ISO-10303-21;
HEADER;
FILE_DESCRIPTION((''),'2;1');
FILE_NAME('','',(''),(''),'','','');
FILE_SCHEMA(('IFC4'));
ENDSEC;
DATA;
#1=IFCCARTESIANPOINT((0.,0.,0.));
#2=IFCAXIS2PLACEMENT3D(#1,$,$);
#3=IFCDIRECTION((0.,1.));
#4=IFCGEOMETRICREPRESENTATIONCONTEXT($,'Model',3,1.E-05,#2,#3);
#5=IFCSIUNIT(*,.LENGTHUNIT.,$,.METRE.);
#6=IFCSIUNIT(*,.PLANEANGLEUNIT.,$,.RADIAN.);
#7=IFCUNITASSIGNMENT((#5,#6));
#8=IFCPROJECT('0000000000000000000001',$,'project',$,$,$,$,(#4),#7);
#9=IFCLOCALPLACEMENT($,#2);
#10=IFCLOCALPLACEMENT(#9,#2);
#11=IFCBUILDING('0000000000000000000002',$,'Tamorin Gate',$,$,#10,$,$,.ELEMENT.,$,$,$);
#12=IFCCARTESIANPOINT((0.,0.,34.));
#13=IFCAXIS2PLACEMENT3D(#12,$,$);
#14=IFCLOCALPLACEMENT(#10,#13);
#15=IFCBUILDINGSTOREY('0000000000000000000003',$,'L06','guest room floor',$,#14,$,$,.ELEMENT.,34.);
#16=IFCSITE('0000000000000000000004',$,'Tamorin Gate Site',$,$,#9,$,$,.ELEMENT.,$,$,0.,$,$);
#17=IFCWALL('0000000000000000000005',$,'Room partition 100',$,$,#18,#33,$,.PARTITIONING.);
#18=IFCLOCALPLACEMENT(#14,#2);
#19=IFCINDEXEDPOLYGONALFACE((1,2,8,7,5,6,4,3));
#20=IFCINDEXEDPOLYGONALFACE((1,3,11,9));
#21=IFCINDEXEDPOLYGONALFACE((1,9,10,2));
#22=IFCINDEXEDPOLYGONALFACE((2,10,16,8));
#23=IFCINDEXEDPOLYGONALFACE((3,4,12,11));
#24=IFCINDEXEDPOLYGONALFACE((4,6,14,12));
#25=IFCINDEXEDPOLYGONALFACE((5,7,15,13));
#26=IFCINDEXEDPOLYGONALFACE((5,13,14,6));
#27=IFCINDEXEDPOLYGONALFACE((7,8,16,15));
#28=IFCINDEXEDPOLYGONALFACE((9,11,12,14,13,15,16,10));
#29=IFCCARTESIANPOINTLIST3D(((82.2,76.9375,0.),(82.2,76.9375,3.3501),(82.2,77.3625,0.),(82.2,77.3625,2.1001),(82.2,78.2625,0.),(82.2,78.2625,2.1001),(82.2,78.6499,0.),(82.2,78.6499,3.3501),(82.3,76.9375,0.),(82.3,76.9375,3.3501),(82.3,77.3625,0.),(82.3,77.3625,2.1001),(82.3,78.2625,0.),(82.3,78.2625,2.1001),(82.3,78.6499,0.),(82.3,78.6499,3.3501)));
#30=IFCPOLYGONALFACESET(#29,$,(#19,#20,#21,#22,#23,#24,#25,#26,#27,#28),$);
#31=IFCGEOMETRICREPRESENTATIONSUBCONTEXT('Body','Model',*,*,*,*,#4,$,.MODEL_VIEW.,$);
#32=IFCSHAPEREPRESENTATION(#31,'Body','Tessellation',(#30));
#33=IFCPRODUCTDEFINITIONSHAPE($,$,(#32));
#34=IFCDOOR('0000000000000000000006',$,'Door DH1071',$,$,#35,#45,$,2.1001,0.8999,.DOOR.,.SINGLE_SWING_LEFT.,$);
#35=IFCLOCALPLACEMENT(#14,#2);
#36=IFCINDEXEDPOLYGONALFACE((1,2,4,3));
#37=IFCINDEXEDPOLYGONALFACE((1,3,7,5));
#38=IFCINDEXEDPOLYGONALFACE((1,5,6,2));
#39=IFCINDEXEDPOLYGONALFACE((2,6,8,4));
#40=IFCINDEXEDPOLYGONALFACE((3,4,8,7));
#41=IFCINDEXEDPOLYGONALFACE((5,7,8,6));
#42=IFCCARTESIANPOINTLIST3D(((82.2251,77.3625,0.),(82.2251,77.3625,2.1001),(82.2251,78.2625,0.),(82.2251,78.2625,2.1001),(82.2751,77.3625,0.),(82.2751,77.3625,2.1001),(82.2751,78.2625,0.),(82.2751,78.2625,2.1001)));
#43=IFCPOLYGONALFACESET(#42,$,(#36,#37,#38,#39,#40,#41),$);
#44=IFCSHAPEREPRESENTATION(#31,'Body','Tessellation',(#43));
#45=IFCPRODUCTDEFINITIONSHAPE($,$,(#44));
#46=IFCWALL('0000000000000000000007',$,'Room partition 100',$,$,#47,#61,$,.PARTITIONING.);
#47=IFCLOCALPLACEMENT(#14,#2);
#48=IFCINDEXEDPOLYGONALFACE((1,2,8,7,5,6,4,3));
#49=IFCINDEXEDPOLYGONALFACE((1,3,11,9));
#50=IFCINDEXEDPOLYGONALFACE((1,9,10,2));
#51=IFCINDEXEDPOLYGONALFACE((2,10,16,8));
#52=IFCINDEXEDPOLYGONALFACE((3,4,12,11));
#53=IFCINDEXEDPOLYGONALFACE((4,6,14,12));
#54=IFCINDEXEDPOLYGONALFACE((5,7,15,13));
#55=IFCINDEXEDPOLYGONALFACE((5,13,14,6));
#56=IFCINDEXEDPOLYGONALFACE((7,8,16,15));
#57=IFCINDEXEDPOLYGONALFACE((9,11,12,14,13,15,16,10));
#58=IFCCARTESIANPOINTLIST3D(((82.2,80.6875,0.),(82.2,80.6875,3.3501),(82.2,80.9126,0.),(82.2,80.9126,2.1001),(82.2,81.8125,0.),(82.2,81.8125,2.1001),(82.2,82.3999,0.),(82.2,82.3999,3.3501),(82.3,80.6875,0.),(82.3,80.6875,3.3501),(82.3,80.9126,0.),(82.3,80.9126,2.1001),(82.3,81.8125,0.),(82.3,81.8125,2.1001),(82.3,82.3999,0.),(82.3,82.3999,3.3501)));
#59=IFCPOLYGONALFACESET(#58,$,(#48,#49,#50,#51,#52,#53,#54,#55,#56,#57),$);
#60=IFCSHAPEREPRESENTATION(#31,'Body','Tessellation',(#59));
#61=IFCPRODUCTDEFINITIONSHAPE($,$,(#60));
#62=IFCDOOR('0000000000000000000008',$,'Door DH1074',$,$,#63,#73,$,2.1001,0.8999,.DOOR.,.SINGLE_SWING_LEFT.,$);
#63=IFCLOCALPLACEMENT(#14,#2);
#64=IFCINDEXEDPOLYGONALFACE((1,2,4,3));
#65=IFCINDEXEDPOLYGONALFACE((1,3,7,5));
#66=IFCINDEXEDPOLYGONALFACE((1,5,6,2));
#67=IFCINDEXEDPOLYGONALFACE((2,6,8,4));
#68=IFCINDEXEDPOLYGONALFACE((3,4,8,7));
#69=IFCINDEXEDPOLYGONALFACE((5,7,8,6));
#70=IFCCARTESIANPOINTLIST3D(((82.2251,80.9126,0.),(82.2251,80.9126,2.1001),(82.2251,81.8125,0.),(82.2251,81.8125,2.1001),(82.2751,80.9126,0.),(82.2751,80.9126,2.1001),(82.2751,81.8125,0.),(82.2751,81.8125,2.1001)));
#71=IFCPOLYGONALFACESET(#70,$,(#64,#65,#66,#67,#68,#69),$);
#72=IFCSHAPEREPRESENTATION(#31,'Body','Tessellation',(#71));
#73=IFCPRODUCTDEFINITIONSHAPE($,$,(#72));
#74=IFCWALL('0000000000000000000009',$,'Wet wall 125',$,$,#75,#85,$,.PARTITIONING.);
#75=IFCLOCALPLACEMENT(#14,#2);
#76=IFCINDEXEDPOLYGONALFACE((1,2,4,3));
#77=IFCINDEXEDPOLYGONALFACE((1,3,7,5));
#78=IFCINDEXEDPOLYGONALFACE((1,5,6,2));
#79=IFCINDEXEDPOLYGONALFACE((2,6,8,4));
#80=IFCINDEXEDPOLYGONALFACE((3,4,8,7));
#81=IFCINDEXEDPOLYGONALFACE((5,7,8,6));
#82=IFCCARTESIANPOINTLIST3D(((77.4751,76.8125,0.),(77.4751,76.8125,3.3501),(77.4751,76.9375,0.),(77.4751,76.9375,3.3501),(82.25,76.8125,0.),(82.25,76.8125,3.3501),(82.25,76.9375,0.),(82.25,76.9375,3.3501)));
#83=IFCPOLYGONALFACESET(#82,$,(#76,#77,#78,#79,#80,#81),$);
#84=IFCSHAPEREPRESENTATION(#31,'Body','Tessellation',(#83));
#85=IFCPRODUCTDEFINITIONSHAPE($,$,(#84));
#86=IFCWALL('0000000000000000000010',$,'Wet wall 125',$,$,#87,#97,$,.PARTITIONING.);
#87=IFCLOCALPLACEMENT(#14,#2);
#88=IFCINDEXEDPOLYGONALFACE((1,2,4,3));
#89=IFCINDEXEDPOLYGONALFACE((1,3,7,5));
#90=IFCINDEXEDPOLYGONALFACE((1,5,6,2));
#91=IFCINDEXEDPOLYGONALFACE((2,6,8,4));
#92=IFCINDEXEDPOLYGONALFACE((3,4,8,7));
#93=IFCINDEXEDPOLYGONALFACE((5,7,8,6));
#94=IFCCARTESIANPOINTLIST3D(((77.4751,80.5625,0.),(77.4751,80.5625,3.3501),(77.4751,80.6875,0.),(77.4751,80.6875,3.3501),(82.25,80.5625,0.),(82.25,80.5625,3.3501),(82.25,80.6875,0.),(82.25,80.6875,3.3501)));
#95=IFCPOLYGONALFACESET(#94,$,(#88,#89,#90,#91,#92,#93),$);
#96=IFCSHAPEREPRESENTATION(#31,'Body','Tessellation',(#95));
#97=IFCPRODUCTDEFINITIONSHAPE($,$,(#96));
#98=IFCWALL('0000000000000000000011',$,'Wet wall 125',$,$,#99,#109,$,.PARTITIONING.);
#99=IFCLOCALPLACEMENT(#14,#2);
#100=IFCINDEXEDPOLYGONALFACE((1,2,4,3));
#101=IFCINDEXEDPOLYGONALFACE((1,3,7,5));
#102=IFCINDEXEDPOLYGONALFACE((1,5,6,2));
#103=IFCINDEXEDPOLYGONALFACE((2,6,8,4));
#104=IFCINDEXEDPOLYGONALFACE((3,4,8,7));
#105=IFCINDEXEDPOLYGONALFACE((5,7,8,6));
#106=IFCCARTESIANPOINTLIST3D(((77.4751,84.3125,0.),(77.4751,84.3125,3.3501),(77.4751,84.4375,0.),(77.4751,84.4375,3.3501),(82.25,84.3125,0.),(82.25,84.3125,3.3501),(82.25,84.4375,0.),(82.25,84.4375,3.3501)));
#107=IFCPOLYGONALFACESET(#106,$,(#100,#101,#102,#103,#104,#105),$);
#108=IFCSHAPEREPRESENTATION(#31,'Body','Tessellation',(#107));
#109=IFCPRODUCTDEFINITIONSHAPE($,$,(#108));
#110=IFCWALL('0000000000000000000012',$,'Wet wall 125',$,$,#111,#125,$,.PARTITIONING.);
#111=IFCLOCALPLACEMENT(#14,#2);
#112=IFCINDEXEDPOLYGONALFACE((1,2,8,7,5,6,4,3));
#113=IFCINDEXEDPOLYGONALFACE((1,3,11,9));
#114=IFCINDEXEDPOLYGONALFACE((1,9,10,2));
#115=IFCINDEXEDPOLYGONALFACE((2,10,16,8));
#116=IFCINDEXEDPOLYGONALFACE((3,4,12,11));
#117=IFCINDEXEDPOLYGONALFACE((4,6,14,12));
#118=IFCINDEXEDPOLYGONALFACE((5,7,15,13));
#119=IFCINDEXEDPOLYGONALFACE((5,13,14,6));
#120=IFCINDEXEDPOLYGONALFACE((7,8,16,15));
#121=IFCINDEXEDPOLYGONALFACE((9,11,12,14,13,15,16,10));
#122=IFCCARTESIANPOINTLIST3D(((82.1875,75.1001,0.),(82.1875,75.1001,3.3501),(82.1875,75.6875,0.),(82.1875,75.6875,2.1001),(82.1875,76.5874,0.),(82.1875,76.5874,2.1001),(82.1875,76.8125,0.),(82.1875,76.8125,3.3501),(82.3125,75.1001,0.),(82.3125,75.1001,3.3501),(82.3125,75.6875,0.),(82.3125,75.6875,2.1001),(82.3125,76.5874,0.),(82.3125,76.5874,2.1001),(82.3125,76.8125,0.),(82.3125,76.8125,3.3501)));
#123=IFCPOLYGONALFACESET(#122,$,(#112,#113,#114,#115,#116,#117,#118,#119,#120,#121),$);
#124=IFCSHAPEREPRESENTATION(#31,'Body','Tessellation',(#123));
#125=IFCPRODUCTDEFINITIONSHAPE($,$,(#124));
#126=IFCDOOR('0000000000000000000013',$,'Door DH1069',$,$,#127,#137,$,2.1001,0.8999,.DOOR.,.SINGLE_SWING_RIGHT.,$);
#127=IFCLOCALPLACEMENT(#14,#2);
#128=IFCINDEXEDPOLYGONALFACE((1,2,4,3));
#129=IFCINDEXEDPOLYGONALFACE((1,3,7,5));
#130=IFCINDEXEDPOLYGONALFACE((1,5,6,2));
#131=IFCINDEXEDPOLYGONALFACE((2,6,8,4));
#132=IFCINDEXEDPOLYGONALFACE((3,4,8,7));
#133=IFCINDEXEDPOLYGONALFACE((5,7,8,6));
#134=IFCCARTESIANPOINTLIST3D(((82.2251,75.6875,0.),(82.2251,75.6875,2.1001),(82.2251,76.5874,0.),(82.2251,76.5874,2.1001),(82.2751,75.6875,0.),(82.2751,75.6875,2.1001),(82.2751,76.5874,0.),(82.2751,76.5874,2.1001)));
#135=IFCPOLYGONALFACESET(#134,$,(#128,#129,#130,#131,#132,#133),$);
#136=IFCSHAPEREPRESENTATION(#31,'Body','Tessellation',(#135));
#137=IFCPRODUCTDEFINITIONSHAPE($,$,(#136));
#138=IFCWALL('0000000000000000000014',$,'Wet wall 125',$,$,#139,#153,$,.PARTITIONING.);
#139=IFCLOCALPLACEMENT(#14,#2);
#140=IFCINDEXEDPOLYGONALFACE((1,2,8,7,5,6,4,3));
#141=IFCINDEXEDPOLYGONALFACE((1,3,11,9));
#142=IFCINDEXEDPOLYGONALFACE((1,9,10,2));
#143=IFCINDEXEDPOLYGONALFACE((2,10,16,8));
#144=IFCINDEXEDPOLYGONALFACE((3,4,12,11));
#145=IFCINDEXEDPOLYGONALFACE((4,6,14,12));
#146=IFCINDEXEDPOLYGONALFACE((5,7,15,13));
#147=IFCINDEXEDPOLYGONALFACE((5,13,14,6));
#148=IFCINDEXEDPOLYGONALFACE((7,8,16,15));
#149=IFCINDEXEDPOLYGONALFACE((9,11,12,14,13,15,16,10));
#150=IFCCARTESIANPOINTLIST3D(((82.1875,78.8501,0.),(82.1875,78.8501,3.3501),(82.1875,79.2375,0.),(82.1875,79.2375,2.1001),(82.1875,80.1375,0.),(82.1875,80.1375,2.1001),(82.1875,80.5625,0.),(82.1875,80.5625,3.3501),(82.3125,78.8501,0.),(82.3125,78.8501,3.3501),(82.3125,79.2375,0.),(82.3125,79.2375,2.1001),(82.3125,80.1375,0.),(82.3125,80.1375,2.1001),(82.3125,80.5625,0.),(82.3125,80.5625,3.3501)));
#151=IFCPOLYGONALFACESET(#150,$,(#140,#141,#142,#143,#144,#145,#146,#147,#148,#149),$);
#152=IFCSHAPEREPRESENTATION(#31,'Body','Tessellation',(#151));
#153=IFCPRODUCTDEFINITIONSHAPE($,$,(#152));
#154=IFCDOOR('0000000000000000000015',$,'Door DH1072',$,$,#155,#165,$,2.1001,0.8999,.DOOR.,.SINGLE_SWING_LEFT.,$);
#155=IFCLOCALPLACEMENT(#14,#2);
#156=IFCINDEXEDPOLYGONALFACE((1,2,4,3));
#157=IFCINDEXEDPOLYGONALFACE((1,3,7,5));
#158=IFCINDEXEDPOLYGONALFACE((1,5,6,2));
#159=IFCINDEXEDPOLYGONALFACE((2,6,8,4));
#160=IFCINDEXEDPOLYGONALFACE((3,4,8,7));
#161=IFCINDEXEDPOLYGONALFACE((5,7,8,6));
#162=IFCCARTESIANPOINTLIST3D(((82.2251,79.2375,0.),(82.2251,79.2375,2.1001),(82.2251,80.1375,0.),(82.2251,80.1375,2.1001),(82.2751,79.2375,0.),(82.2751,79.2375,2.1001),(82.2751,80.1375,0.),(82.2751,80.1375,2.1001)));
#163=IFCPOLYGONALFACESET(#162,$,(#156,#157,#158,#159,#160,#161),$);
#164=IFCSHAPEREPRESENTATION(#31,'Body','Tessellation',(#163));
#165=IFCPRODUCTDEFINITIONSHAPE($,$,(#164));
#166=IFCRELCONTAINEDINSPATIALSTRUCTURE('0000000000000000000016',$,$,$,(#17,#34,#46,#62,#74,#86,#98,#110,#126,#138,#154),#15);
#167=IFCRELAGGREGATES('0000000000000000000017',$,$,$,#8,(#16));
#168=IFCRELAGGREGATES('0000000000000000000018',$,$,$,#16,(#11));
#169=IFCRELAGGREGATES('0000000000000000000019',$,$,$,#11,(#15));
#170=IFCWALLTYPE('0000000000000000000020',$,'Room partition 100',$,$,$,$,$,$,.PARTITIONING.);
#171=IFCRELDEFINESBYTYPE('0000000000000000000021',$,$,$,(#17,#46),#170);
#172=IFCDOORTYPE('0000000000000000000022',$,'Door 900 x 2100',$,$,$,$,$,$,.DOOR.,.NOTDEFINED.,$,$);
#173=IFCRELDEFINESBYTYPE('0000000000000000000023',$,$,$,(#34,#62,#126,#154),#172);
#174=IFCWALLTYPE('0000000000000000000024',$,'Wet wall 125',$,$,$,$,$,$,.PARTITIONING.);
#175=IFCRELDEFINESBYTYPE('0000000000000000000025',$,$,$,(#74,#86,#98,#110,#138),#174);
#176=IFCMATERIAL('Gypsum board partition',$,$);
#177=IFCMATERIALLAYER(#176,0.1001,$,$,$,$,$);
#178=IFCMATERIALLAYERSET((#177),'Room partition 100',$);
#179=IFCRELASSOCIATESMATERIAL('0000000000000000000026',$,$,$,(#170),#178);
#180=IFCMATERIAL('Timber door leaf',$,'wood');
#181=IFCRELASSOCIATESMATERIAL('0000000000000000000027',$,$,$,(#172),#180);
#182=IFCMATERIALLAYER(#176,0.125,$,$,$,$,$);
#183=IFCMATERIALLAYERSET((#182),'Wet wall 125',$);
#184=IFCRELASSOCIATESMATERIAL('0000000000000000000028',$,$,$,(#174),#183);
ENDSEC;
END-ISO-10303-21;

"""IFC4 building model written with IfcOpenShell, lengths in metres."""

from ifc_helpers import new_model, si_unit, direction, frame, frame_2d, origin, place, context, subcontext, project, spatial, rectangle, extrude, material, layer, layer_set, type_object, element, fill, save


model = new_model("IFC4")

# Units and contexts
model_context = context("Model", 3, precision=1e-05, world=origin(), true_north=direction((0.0, 1.0)))
body_context = subcontext(model_context, "Body", "Model", "MODEL_VIEW")
ifc_project = project(units=[si_unit("LENGTHUNIT", "METRE"), si_unit("PLANEANGLEUNIT", "RADIAN")], contexts=[model_context])

# Site, building, storey
site_placement = place(None, origin())
site = spatial("IfcSite", under=ifc_project, at=site_placement, Name="Tamorin Gate Site", CompositionType="ELEMENT", RefElevation=0.0)
building_placement = place(site_placement, origin())
building = spatial("IfcBuilding", under=site, at=building_placement, Name="Tamorin Gate", CompositionType="ELEMENT")
storey_placement = place(building_placement, frame((0.0, 0.0, 34.0)))
storey = spatial("IfcBuildingStorey", under=building, at=storey_placement, Name="L06", Description="guest room floor", CompositionType="ELEMENT", Elevation=34.0)

# Shared definitions
ifc_material_1 = material(Name="Gypsum board partition")

# Walls, openings, doors
ifc_layer_1 = layer(ifc_material_1, 0.1001)
ifc_layer_set_1 = layer_set([ifc_layer_1], Name="Room partition 100")
wall_type_1 = type_object("IfcWallType", Name="Room partition 100", PredefinedType="PARTITIONING", material=ifc_layer_set_1)
wall_1_placement = place(storey_placement, frame((82.25, 76.9375, 0.0), z_axis=(0.0, 0.0, 1.0), x_axis=(0.0, 1.0, 0.0)))
wall_1 = element("IfcWall", 1, at=wall_1_placement, inside=storey, type_object=wall_type_1, Name="Room partition 100", PredefinedType="PARTITIONING", context=body_context, shape_type="SweptSolid", body=[
    extrude(rectangle(XDim=1.7124, YDim=0.1001, at=frame_2d((0.8562, 0.0))), origin(), (0.0, 0.0, 1.0), 3.3501),
])
opening_1_placement = place(wall_1_placement, frame((0.425, 0.0, 0.0)))
opening_1 = element("IfcOpeningElement", 2, at=opening_1_placement, cuts=wall_1, PredefinedType="OPENING", context=body_context, shape_type="SweptSolid", body=[
    extrude(rectangle(XDim=0.8999, YDim=2.1001, at=frame_2d((0.45, 1.05))), frame((0.0, 0.0601, 0.0), z_axis=(0.0, -1.0, 0.0), x_axis=(1.0, 0.0, 0.0)), (0.0, 0.0, 1.0), 0.1201),
])
ifc_material_2 = material(Name="Timber door leaf", Category="wood")
door_type = type_object("IfcDoorType", Name="Door 900 x 2100", OperationType="NOTDEFINED", PredefinedType="DOOR", material=ifc_material_2)
door_1_placement = place(opening_1_placement, origin())
door_1 = element("IfcDoor", 3, at=door_1_placement, inside=storey, type_object=door_type, Name="Door DH1071", OperationType="SINGLE_SWING_LEFT", OverallHeight=2.1001, OverallWidth=0.8999, PredefinedType="DOOR", context=body_context, shape_type="SweptSolid", body=[
    extrude(rectangle(XDim=0.8999, YDim=2.1001, at=frame_2d((0.45, 1.05))), frame((0.0, 0.0249, 0.0), z_axis=(0.0, -1.0, 0.0), x_axis=(1.0, 0.0, 0.0)), (0.0, 0.0, 1.0), 0.05),
])
fill(opening_1, door_1)
wall_2_placement = place(storey_placement, frame((82.25, 80.6875, 0.0), z_axis=(0.0, 0.0, 1.0), x_axis=(0.0, 1.0, 0.0)))
wall_2 = element("IfcWall", 4, at=wall_2_placement, inside=storey, type_object=wall_type_1, Name="Room partition 100", PredefinedType="PARTITIONING", context=body_context, shape_type="SweptSolid", body=[
    extrude(rectangle(XDim=1.7124, YDim=0.1001, at=frame_2d((0.8562, 0.0))), origin(), (0.0, 0.0, 1.0), 3.3501),
])
opening_2_placement = place(wall_2_placement, frame((0.2251, 0.0, 0.0)))
opening_2 = element("IfcOpeningElement", 5, at=opening_2_placement, cuts=wall_2, PredefinedType="OPENING", context=body_context, shape_type="SweptSolid", body=[
    extrude(rectangle(XDim=0.8999, YDim=2.1001, at=frame_2d((0.45, 1.05))), frame((0.0, 0.0601, 0.0), z_axis=(0.0, -1.0, 0.0), x_axis=(1.0, 0.0, 0.0)), (0.0, 0.0, 1.0), 0.1201),
])
door_2_placement = place(opening_2_placement, origin())
door_2 = element("IfcDoor", 6, at=door_2_placement, inside=storey, type_object=door_type, Name="Door DH1074", OperationType="SINGLE_SWING_LEFT", OverallHeight=2.1001, OverallWidth=0.8999, PredefinedType="DOOR", context=body_context, shape_type="SweptSolid", body=[
    extrude(rectangle(XDim=0.8999, YDim=2.1001, at=frame_2d((0.45, 1.05))), frame((0.0, 0.0249, 0.0), z_axis=(0.0, -1.0, 0.0), x_axis=(1.0, 0.0, 0.0)), (0.0, 0.0, 1.0), 0.05),
])
fill(opening_2, door_2)

# Walls
ifc_layer_2 = layer(ifc_material_1, 0.125)
ifc_layer_set_2 = layer_set([ifc_layer_2], Name="Wet wall 125")
wall_type_2 = type_object("IfcWallType", Name="Wet wall 125", PredefinedType="PARTITIONING", material=ifc_layer_set_2)
for number, where, z_axis, x_axis, name in (
    (7, (77.4751, 76.875, 0.0), (0.0, 0.0, 1.0), (1.0, 0.0, 0.0), "Wet wall 125"),
    (8, (77.4751, 80.625, 0.0), (0.0, 0.0, 1.0), (1.0, 0.0, 0.0), "Wet wall 125"),
    (9, (77.4751, 84.375, 0.0), (0.0, 0.0, 1.0), (1.0, 0.0, 0.0), "Wet wall 125"),
):
    element("IfcWall", number, at=place(storey_placement, frame(where, z_axis=z_axis, x_axis=x_axis)), inside=storey, type_object=wall_type_2, Name=name, PredefinedType="PARTITIONING", context=body_context, shape_type="SweptSolid", body=[
        extrude(rectangle(XDim=4.7749, YDim=0.125, at=frame_2d((2.3875, 0.0))), origin(), (0.0, 0.0, 1.0), 3.3501),
    ])

# Walls, openings, doors
wall_3_placement = place(storey_placement, frame((82.25, 75.1001, 0.0), z_axis=(0.0, 0.0, 1.0), x_axis=(0.0, 1.0, 0.0)))
wall_3 = element("IfcWall", 10, at=wall_3_placement, inside=storey, type_object=wall_type_2, Name="Wet wall 125", PredefinedType="PARTITIONING", context=body_context, shape_type="SweptSolid", body=[
    extrude(rectangle(XDim=1.7124, YDim=0.125, at=frame_2d((0.8562, 0.0))), origin(), (0.0, 0.0, 1.0), 3.3501),
])
opening_3_placement = place(wall_3_placement, frame((0.5874, 0.0, 0.0)))
opening_3 = element("IfcOpeningElement", 11, at=opening_3_placement, cuts=wall_3, PredefinedType="OPENING", context=body_context, shape_type="SweptSolid", body=[
    extrude(rectangle(XDim=0.8999, YDim=2.1001, at=frame_2d((0.45, 1.05))), frame((0.0, 0.0725, 0.0), z_axis=(0.0, -1.0, 0.0), x_axis=(1.0, 0.0, 0.0)), (0.0, 0.0, 1.0), 0.145),
])
door_3_placement = place(opening_3_placement, origin())
door_3 = element("IfcDoor", 12, at=door_3_placement, inside=storey, type_object=door_type, Name="Door DH1069", OperationType="SINGLE_SWING_RIGHT", OverallHeight=2.1001, OverallWidth=0.8999, PredefinedType="DOOR", context=body_context, shape_type="SweptSolid", body=[
    extrude(rectangle(XDim=0.8999, YDim=2.1001, at=frame_2d((0.45, 1.05))), frame((0.0, 0.0249, 0.0), z_axis=(0.0, -1.0, 0.0), x_axis=(1.0, 0.0, 0.0)), (0.0, 0.0, 1.0), 0.05),
])
fill(opening_3, door_3)
wall_4_placement = place(storey_placement, frame((82.25, 78.8501, 0.0), z_axis=(0.0, 0.0, 1.0), x_axis=(0.0, 1.0, 0.0)))
wall_4 = element("IfcWall", 13, at=wall_4_placement, inside=storey, type_object=wall_type_2, Name="Wet wall 125", PredefinedType="PARTITIONING", context=body_context, shape_type="SweptSolid", body=[
    extrude(rectangle(XDim=1.7124, YDim=0.125, at=frame_2d((0.8562, 0.0))), origin(), (0.0, 0.0, 1.0), 3.3501),
])
opening_4_placement = place(wall_4_placement, frame((0.3875, 0.0, 0.0)))
opening_4 = element("IfcOpeningElement", 14, at=opening_4_placement, cuts=wall_4, PredefinedType="OPENING", context=body_context, shape_type="SweptSolid", body=[
    extrude(rectangle(XDim=0.8999, YDim=2.1001, at=frame_2d((0.45, 1.05))), frame((0.0, 0.0725, 0.0), z_axis=(0.0, -1.0, 0.0), x_axis=(1.0, 0.0, 0.0)), (0.0, 0.0, 1.0), 0.145),
])
door_4_placement = place(opening_4_placement, origin())
door_4 = element("IfcDoor", 15, at=door_4_placement, inside=storey, type_object=door_type, Name="Door DH1072", OperationType="SINGLE_SWING_LEFT", OverallHeight=2.1001, OverallWidth=0.8999, PredefinedType="DOOR", context=body_context, shape_type="SweptSolid", body=[
    extrude(rectangle(XDim=0.8999, YDim=2.1001, at=frame_2d((0.45, 1.05))), frame((0.0, 0.0249, 0.0), z_axis=(0.0, -1.0, 0.0), x_axis=(1.0, 0.0, 0.0)), (0.0, 0.0, 1.0), 0.05),
])
fill(opening_4, door_4)

save(model, "model.ifc")
